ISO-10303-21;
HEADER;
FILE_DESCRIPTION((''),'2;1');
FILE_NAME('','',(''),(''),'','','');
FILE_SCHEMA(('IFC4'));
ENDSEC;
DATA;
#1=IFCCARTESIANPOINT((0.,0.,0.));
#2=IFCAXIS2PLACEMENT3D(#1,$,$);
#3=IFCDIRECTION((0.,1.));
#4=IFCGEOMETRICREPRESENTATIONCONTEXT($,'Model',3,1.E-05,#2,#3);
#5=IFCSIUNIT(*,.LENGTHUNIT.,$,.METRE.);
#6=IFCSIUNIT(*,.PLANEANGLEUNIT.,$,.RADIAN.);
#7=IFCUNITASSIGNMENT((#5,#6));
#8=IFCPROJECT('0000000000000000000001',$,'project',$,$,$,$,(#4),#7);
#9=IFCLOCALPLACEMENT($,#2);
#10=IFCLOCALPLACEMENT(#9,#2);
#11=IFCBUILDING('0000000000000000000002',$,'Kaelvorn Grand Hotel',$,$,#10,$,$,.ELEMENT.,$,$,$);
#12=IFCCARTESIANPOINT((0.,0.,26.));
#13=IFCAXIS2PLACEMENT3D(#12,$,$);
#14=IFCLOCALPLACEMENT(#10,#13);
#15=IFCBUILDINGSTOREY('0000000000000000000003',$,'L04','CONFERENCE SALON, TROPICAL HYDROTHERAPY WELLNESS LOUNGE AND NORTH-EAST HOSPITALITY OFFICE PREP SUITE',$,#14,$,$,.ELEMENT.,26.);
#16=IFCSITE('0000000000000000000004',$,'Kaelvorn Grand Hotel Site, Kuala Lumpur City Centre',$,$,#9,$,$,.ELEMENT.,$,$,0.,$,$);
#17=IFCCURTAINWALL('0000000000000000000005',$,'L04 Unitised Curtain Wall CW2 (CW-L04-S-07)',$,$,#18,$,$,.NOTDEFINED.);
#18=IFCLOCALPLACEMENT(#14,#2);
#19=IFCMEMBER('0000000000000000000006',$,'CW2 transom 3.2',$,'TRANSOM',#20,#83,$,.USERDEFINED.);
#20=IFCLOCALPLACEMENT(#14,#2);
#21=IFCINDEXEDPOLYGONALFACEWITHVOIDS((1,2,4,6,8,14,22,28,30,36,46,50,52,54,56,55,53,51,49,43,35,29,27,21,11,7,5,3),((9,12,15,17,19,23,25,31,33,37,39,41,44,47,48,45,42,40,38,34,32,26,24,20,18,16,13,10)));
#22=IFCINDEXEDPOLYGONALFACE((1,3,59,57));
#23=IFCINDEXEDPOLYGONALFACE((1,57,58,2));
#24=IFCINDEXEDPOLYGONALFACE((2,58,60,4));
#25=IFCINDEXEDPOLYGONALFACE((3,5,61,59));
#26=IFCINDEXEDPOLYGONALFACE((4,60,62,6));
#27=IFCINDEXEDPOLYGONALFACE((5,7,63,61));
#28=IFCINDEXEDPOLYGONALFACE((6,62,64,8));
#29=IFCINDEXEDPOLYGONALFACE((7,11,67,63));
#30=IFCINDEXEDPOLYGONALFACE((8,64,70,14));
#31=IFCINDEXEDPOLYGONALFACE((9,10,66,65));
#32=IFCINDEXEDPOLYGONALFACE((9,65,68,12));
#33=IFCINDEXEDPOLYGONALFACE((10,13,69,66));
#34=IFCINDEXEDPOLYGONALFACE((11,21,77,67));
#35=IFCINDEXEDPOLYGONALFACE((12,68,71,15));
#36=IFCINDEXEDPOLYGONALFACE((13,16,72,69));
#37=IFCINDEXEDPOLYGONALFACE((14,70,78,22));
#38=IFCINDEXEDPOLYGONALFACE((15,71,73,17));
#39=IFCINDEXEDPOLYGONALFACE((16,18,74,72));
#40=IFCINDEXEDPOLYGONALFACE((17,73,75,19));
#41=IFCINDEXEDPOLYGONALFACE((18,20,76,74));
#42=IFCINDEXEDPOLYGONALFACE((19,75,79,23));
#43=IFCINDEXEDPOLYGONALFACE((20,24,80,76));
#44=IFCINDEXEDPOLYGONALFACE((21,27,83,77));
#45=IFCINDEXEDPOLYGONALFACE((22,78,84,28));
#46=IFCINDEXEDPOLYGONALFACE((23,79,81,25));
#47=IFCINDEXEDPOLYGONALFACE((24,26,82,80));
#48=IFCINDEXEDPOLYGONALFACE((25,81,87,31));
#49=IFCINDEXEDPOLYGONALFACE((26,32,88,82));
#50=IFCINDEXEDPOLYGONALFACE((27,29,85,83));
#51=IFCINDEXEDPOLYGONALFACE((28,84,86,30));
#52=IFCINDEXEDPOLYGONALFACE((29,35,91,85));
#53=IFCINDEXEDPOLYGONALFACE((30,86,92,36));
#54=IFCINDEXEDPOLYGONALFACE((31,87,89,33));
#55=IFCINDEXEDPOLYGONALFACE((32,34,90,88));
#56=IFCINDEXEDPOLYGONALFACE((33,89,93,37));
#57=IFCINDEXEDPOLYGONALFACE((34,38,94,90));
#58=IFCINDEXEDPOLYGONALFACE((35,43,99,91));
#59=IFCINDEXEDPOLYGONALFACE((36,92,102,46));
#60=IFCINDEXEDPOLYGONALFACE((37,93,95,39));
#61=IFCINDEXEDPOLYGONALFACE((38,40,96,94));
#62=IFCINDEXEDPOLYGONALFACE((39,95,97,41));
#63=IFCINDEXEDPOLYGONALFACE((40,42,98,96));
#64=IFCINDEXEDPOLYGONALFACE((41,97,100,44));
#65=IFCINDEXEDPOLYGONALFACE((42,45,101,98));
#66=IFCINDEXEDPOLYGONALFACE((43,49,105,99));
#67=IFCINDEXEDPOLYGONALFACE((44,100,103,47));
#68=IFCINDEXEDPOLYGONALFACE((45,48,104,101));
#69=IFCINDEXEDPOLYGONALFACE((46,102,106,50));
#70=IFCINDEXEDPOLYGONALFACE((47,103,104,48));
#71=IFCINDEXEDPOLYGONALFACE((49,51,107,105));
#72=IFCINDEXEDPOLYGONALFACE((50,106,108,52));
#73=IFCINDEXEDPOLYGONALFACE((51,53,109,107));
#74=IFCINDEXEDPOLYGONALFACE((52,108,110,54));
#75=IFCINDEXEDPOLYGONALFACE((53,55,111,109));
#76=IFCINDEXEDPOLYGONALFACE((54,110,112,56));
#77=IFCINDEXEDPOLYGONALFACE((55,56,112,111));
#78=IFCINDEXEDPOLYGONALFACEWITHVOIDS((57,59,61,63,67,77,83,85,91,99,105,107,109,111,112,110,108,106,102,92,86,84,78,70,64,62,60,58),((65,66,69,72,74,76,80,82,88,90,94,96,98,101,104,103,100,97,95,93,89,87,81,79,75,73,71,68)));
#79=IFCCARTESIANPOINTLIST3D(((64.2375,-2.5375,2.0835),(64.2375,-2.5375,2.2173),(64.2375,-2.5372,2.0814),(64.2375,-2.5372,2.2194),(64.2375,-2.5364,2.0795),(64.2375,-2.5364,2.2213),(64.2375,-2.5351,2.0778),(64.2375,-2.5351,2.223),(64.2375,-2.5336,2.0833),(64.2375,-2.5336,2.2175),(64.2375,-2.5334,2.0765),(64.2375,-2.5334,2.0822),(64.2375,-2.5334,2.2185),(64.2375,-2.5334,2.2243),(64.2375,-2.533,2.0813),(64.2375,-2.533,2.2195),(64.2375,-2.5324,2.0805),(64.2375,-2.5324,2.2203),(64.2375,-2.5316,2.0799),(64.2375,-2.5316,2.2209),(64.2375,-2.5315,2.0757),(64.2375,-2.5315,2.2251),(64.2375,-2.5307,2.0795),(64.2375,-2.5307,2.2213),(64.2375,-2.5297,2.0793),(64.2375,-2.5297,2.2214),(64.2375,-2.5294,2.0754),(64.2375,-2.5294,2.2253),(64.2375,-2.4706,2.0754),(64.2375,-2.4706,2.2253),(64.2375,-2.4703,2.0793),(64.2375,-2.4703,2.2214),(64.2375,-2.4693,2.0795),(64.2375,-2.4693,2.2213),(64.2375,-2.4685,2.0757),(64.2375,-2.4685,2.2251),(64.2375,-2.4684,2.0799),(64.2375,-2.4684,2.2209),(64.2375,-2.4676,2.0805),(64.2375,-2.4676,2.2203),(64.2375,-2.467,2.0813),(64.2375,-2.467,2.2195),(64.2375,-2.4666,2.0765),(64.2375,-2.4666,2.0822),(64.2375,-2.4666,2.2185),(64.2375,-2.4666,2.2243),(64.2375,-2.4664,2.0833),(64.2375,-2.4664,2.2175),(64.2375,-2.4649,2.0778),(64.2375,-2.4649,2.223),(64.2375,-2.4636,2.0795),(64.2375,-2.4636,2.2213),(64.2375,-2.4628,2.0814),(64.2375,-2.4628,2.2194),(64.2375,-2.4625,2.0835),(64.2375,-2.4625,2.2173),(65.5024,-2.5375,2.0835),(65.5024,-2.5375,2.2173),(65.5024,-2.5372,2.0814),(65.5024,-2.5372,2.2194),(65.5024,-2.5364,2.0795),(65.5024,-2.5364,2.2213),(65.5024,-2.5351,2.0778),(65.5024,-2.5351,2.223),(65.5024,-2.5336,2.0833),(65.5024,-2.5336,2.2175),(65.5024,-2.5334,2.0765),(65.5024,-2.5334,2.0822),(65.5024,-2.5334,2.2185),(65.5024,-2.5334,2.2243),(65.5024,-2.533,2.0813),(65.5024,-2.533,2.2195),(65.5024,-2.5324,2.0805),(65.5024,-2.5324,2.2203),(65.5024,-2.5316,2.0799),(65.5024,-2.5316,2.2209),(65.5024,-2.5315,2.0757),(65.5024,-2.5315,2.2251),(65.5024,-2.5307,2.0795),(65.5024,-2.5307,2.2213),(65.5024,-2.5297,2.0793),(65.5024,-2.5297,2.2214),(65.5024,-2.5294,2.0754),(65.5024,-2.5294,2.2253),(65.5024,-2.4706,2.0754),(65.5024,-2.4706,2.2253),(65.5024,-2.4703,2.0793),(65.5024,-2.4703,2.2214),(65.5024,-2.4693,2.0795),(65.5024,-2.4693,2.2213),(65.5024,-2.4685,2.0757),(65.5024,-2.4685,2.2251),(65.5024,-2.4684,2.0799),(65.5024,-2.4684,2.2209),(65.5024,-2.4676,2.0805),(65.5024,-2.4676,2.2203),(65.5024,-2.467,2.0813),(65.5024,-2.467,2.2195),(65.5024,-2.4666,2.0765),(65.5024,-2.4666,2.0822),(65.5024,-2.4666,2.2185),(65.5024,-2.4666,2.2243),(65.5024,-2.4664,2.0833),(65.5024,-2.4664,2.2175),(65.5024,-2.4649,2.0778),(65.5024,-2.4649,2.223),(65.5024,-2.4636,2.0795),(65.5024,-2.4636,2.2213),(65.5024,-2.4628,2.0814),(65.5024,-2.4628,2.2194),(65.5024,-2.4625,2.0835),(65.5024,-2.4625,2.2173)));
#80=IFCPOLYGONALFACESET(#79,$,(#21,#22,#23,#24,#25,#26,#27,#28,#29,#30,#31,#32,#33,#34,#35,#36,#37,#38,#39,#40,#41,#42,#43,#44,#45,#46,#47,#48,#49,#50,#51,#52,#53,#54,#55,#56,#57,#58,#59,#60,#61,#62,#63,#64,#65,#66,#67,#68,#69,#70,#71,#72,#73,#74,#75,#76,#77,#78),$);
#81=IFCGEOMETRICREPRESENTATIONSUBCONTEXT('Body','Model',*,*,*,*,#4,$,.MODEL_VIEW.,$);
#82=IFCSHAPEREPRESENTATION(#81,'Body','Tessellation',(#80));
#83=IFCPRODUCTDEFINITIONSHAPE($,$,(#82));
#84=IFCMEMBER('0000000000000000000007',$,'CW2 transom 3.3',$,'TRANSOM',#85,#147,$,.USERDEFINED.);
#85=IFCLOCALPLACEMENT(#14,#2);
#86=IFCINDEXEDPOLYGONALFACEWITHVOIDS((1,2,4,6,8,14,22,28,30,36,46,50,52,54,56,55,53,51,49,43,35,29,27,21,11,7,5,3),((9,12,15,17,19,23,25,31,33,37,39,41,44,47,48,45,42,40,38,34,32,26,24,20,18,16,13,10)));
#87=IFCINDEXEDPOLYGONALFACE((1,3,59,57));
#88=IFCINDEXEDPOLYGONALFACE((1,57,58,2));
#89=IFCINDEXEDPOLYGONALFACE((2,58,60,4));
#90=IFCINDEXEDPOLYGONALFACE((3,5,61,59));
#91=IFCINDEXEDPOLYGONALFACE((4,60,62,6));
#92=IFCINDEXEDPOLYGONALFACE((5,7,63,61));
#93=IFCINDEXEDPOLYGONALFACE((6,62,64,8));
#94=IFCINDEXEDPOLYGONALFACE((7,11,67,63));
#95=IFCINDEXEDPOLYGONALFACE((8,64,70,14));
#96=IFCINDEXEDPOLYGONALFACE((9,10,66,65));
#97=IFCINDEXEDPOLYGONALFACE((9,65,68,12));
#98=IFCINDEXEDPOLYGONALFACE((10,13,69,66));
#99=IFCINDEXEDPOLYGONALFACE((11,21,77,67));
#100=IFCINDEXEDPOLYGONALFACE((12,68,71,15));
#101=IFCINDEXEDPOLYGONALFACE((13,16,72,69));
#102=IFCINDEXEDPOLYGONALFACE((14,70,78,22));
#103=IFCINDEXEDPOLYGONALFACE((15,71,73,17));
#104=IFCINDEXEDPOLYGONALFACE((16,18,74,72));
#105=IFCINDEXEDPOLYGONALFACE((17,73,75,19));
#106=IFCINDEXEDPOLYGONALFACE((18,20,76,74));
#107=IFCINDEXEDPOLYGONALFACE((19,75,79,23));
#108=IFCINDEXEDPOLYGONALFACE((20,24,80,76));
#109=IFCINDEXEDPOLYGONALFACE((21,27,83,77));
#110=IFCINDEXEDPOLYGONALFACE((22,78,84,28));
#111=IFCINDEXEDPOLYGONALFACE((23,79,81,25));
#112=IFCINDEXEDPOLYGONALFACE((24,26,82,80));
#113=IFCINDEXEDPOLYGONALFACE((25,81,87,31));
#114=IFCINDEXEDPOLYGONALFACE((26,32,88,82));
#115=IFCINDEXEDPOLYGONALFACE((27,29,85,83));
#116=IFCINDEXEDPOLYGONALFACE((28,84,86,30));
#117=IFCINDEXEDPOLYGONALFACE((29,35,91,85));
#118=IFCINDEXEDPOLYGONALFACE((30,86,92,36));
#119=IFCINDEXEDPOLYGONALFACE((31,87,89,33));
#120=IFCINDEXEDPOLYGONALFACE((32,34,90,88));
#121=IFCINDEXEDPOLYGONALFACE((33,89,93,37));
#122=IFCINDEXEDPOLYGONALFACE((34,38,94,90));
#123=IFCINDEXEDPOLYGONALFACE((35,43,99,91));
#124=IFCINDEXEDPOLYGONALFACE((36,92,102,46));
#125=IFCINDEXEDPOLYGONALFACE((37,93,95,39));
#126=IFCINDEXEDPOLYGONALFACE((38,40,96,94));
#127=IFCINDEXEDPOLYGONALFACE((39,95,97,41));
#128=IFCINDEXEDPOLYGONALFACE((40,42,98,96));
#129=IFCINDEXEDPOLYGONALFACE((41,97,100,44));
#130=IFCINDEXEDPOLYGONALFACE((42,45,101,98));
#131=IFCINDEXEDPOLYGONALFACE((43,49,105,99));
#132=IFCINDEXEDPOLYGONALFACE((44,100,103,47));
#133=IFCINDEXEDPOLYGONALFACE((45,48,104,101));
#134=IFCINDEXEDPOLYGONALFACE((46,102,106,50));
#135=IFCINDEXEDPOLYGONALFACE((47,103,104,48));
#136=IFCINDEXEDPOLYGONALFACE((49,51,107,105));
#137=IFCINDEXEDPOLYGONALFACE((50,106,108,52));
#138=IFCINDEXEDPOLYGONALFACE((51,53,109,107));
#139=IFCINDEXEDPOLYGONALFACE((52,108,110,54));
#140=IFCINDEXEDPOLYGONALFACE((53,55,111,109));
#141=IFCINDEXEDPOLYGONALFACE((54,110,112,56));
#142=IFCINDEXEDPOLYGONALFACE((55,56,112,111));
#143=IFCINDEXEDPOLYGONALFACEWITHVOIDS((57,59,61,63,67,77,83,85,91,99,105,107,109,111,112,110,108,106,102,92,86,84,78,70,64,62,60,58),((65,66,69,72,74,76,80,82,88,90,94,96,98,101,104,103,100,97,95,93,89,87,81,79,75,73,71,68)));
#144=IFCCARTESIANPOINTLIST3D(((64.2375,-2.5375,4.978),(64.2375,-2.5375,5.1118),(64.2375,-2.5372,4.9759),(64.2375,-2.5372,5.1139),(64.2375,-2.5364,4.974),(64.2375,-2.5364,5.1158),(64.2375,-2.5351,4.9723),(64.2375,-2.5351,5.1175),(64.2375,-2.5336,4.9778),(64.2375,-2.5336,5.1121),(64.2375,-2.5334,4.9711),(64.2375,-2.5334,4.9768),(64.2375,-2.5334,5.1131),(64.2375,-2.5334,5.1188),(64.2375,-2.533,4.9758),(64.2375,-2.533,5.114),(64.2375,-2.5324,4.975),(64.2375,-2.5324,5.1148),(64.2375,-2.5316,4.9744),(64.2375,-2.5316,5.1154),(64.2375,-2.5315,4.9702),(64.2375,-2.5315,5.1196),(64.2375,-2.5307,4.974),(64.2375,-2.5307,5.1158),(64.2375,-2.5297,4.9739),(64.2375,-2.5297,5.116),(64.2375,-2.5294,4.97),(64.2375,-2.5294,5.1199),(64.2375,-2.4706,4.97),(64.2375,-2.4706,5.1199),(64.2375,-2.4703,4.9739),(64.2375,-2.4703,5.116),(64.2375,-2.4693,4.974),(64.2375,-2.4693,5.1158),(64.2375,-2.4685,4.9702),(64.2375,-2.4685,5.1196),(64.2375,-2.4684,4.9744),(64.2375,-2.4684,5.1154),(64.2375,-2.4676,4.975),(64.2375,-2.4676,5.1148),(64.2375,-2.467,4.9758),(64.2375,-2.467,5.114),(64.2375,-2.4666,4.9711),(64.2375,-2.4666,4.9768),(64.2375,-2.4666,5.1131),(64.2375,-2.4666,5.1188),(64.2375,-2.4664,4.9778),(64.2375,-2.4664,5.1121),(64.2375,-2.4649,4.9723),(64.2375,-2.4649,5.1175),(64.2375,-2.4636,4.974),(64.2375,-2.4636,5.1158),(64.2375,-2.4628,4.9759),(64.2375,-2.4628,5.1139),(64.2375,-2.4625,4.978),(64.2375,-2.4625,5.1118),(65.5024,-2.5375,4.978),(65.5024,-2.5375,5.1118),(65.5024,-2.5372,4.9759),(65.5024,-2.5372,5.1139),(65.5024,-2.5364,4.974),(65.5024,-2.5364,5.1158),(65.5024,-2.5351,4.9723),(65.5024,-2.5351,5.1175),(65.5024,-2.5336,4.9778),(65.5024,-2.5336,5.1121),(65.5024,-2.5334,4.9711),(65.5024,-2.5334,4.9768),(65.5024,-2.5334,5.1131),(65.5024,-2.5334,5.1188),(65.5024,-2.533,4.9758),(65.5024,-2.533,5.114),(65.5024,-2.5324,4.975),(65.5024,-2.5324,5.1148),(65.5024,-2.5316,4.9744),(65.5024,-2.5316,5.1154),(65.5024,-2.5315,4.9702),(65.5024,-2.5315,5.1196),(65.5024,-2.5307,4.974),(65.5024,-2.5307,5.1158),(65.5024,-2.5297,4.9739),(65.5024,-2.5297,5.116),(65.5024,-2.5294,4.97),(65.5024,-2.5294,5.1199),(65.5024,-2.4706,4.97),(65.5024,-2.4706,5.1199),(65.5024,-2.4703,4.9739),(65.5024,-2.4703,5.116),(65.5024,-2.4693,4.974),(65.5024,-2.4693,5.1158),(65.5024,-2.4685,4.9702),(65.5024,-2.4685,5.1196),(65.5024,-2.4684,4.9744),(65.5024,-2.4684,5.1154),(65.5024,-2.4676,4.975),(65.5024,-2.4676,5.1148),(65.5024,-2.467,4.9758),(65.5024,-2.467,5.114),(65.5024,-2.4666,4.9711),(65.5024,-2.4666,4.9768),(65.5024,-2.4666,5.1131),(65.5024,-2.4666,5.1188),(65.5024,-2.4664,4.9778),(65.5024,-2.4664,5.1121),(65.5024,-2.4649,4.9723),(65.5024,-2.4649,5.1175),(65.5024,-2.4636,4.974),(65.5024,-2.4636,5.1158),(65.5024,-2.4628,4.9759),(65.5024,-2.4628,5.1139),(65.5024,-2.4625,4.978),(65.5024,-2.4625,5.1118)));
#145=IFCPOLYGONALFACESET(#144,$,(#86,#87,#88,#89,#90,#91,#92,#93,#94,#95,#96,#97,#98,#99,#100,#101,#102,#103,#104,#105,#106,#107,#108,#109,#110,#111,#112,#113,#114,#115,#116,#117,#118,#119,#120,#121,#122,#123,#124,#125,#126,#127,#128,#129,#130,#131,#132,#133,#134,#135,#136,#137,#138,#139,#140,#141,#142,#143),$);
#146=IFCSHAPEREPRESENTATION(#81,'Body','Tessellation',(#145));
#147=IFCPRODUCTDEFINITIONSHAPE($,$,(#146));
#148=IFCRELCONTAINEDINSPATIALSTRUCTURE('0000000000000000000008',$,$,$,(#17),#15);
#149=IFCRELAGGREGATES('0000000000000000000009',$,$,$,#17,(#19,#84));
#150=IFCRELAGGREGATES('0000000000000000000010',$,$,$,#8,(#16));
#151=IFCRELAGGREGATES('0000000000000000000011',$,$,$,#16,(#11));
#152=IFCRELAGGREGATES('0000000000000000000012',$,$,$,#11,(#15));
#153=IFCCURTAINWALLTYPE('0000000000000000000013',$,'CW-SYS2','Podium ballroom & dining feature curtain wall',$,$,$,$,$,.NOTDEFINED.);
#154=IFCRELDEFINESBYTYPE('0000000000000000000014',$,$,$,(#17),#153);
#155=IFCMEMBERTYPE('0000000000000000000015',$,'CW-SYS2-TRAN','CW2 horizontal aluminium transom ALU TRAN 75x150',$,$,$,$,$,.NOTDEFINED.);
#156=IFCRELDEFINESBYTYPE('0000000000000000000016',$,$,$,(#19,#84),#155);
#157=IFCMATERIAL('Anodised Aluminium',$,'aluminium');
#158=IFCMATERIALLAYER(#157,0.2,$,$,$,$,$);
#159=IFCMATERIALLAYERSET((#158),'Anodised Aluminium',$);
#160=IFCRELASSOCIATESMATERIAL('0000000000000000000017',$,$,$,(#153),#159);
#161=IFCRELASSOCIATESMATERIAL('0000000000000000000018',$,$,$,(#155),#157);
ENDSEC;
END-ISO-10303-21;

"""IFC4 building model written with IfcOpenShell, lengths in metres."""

from ifc_helpers import new_model, si_unit, direction, frame, origin, origin_2d, place, context, subcontext, project, spatial, hollow_rectangle, extrude, material, layer, layer_set, material_profile, profile_set, type_object, element, aggregate, save


model = new_model("IFC4")

# Units and contexts
model_context = context("Model", 3, precision=1e-05, world=origin(), true_north=direction((0.0, 1.0)))
body_context = subcontext(model_context, "Body", "Model", "MODEL_VIEW")
ifc_project = project(units=[si_unit("LENGTHUNIT", "METRE"), si_unit("PLANEANGLEUNIT", "RADIAN")], contexts=[model_context])

# Site, building, storey
site_placement = place(None, origin())
site = spatial("IfcSite", under=ifc_project, at=site_placement, Name="Kaelvorn Grand Hotel Site, Kuala Lumpur City Centre", CompositionType="ELEMENT", RefElevation=0.0)
building_placement = place(site_placement, origin())
building = spatial("IfcBuilding", under=site, at=building_placement, Name="Kaelvorn Grand Hotel", CompositionType="ELEMENT")
storey_placement = place(building_placement, frame((0.0, 0.0, 26.0)))
storey = spatial("IfcBuildingStorey", under=building, at=storey_placement, Name="L04", Description="CONFERENCE SALON, TROPICAL HYDROTHERAPY WELLNESS LOUNGE AND NORTH-EAST HOSPITALITY OFFICE PREP SUITE", CompositionType="ELEMENT", Elevation=26.0)

# Shared definitions
ifc_material_1 = material(Name="Anodised Aluminium", Category="aluminium")
ifc_layer_1 = layer(ifc_material_1, 0.2)
ifc_layer_set_1 = layer_set([ifc_layer_1], Name="Anodised Aluminium")
curtain_wall_type = type_object("IfcCurtainWallType", Name="CW-SYS2", Description="Podium ballroom & dining feature curtain wall", PredefinedType="NOTDEFINED", material=ifc_layer_set_1)

# Curtain wall
curtain_wall_1_placement = place(storey_placement, origin())
curtain_wall_1 = element("IfcCurtainWall", 1, at=curtain_wall_1_placement, inside=storey, type_object=curtain_wall_type, Name="L04 Unitised Curtain Wall CW2 (CW-L04-S-07)", PredefinedType="NOTDEFINED")

# Members
ifc_material_profile_1 = material_profile(ifc_material_1, hollow_rectangle(XDim=0.075, YDim=0.1499, WallThickness=0.0039, InnerFilletRadius=0.0039, OuterFilletRadius=0.0081, at=origin_2d()), Name="ALU TRAN 75x150")
ifc_profile_set_1 = profile_set([ifc_material_profile_1], Name="Anodised Aluminium")
member_type_1 = type_object("IfcMemberType", Name="CW-SYS2-TRAN", Description="CW2 horizontal aluminium transom ALU TRAN 75x150", PredefinedType="NOTDEFINED", material=ifc_profile_set_1)
member_1_placement = place(storey_placement, frame((64.2375, -2.5, 2.1504), z_axis=(1.0, 0.0, 0.0), x_axis=(0.0, 1.0, 0.0)))
member_1 = element("IfcMember", 2, at=member_1_placement, type_object=member_type_1, Name="CW2 transom 3.2", ObjectType="TRANSOM", PredefinedType="USERDEFINED", context=body_context, shape_type="SweptSolid", body=[
    extrude(hollow_rectangle(XDim=0.075, YDim=0.1499, WallThickness=0.0039, InnerFilletRadius=0.0039, OuterFilletRadius=0.0081, at=origin_2d()), origin(), (0.0, 0.0, 1.0), 1.2649),
])
member_2_placement = place(storey_placement, frame((64.2375, -2.5, 5.0449), z_axis=(1.0, 0.0, 0.0), x_axis=(0.0, 1.0, 0.0)))
member_2 = element("IfcMember", 3, at=member_2_placement, type_object=member_type_1, Name="CW2 transom 3.3", ObjectType="TRANSOM", PredefinedType="USERDEFINED", context=body_context, shape_type="SweptSolid", body=[
    extrude(hollow_rectangle(XDim=0.075, YDim=0.1499, WallThickness=0.0039, InnerFilletRadius=0.0039, OuterFilletRadius=0.0081, at=origin_2d()), origin(), (0.0, 0.0, 1.0), 1.2649),
])

aggregate(curtain_wall_1, [member_1, member_2])

save(model, "model.ifc")
